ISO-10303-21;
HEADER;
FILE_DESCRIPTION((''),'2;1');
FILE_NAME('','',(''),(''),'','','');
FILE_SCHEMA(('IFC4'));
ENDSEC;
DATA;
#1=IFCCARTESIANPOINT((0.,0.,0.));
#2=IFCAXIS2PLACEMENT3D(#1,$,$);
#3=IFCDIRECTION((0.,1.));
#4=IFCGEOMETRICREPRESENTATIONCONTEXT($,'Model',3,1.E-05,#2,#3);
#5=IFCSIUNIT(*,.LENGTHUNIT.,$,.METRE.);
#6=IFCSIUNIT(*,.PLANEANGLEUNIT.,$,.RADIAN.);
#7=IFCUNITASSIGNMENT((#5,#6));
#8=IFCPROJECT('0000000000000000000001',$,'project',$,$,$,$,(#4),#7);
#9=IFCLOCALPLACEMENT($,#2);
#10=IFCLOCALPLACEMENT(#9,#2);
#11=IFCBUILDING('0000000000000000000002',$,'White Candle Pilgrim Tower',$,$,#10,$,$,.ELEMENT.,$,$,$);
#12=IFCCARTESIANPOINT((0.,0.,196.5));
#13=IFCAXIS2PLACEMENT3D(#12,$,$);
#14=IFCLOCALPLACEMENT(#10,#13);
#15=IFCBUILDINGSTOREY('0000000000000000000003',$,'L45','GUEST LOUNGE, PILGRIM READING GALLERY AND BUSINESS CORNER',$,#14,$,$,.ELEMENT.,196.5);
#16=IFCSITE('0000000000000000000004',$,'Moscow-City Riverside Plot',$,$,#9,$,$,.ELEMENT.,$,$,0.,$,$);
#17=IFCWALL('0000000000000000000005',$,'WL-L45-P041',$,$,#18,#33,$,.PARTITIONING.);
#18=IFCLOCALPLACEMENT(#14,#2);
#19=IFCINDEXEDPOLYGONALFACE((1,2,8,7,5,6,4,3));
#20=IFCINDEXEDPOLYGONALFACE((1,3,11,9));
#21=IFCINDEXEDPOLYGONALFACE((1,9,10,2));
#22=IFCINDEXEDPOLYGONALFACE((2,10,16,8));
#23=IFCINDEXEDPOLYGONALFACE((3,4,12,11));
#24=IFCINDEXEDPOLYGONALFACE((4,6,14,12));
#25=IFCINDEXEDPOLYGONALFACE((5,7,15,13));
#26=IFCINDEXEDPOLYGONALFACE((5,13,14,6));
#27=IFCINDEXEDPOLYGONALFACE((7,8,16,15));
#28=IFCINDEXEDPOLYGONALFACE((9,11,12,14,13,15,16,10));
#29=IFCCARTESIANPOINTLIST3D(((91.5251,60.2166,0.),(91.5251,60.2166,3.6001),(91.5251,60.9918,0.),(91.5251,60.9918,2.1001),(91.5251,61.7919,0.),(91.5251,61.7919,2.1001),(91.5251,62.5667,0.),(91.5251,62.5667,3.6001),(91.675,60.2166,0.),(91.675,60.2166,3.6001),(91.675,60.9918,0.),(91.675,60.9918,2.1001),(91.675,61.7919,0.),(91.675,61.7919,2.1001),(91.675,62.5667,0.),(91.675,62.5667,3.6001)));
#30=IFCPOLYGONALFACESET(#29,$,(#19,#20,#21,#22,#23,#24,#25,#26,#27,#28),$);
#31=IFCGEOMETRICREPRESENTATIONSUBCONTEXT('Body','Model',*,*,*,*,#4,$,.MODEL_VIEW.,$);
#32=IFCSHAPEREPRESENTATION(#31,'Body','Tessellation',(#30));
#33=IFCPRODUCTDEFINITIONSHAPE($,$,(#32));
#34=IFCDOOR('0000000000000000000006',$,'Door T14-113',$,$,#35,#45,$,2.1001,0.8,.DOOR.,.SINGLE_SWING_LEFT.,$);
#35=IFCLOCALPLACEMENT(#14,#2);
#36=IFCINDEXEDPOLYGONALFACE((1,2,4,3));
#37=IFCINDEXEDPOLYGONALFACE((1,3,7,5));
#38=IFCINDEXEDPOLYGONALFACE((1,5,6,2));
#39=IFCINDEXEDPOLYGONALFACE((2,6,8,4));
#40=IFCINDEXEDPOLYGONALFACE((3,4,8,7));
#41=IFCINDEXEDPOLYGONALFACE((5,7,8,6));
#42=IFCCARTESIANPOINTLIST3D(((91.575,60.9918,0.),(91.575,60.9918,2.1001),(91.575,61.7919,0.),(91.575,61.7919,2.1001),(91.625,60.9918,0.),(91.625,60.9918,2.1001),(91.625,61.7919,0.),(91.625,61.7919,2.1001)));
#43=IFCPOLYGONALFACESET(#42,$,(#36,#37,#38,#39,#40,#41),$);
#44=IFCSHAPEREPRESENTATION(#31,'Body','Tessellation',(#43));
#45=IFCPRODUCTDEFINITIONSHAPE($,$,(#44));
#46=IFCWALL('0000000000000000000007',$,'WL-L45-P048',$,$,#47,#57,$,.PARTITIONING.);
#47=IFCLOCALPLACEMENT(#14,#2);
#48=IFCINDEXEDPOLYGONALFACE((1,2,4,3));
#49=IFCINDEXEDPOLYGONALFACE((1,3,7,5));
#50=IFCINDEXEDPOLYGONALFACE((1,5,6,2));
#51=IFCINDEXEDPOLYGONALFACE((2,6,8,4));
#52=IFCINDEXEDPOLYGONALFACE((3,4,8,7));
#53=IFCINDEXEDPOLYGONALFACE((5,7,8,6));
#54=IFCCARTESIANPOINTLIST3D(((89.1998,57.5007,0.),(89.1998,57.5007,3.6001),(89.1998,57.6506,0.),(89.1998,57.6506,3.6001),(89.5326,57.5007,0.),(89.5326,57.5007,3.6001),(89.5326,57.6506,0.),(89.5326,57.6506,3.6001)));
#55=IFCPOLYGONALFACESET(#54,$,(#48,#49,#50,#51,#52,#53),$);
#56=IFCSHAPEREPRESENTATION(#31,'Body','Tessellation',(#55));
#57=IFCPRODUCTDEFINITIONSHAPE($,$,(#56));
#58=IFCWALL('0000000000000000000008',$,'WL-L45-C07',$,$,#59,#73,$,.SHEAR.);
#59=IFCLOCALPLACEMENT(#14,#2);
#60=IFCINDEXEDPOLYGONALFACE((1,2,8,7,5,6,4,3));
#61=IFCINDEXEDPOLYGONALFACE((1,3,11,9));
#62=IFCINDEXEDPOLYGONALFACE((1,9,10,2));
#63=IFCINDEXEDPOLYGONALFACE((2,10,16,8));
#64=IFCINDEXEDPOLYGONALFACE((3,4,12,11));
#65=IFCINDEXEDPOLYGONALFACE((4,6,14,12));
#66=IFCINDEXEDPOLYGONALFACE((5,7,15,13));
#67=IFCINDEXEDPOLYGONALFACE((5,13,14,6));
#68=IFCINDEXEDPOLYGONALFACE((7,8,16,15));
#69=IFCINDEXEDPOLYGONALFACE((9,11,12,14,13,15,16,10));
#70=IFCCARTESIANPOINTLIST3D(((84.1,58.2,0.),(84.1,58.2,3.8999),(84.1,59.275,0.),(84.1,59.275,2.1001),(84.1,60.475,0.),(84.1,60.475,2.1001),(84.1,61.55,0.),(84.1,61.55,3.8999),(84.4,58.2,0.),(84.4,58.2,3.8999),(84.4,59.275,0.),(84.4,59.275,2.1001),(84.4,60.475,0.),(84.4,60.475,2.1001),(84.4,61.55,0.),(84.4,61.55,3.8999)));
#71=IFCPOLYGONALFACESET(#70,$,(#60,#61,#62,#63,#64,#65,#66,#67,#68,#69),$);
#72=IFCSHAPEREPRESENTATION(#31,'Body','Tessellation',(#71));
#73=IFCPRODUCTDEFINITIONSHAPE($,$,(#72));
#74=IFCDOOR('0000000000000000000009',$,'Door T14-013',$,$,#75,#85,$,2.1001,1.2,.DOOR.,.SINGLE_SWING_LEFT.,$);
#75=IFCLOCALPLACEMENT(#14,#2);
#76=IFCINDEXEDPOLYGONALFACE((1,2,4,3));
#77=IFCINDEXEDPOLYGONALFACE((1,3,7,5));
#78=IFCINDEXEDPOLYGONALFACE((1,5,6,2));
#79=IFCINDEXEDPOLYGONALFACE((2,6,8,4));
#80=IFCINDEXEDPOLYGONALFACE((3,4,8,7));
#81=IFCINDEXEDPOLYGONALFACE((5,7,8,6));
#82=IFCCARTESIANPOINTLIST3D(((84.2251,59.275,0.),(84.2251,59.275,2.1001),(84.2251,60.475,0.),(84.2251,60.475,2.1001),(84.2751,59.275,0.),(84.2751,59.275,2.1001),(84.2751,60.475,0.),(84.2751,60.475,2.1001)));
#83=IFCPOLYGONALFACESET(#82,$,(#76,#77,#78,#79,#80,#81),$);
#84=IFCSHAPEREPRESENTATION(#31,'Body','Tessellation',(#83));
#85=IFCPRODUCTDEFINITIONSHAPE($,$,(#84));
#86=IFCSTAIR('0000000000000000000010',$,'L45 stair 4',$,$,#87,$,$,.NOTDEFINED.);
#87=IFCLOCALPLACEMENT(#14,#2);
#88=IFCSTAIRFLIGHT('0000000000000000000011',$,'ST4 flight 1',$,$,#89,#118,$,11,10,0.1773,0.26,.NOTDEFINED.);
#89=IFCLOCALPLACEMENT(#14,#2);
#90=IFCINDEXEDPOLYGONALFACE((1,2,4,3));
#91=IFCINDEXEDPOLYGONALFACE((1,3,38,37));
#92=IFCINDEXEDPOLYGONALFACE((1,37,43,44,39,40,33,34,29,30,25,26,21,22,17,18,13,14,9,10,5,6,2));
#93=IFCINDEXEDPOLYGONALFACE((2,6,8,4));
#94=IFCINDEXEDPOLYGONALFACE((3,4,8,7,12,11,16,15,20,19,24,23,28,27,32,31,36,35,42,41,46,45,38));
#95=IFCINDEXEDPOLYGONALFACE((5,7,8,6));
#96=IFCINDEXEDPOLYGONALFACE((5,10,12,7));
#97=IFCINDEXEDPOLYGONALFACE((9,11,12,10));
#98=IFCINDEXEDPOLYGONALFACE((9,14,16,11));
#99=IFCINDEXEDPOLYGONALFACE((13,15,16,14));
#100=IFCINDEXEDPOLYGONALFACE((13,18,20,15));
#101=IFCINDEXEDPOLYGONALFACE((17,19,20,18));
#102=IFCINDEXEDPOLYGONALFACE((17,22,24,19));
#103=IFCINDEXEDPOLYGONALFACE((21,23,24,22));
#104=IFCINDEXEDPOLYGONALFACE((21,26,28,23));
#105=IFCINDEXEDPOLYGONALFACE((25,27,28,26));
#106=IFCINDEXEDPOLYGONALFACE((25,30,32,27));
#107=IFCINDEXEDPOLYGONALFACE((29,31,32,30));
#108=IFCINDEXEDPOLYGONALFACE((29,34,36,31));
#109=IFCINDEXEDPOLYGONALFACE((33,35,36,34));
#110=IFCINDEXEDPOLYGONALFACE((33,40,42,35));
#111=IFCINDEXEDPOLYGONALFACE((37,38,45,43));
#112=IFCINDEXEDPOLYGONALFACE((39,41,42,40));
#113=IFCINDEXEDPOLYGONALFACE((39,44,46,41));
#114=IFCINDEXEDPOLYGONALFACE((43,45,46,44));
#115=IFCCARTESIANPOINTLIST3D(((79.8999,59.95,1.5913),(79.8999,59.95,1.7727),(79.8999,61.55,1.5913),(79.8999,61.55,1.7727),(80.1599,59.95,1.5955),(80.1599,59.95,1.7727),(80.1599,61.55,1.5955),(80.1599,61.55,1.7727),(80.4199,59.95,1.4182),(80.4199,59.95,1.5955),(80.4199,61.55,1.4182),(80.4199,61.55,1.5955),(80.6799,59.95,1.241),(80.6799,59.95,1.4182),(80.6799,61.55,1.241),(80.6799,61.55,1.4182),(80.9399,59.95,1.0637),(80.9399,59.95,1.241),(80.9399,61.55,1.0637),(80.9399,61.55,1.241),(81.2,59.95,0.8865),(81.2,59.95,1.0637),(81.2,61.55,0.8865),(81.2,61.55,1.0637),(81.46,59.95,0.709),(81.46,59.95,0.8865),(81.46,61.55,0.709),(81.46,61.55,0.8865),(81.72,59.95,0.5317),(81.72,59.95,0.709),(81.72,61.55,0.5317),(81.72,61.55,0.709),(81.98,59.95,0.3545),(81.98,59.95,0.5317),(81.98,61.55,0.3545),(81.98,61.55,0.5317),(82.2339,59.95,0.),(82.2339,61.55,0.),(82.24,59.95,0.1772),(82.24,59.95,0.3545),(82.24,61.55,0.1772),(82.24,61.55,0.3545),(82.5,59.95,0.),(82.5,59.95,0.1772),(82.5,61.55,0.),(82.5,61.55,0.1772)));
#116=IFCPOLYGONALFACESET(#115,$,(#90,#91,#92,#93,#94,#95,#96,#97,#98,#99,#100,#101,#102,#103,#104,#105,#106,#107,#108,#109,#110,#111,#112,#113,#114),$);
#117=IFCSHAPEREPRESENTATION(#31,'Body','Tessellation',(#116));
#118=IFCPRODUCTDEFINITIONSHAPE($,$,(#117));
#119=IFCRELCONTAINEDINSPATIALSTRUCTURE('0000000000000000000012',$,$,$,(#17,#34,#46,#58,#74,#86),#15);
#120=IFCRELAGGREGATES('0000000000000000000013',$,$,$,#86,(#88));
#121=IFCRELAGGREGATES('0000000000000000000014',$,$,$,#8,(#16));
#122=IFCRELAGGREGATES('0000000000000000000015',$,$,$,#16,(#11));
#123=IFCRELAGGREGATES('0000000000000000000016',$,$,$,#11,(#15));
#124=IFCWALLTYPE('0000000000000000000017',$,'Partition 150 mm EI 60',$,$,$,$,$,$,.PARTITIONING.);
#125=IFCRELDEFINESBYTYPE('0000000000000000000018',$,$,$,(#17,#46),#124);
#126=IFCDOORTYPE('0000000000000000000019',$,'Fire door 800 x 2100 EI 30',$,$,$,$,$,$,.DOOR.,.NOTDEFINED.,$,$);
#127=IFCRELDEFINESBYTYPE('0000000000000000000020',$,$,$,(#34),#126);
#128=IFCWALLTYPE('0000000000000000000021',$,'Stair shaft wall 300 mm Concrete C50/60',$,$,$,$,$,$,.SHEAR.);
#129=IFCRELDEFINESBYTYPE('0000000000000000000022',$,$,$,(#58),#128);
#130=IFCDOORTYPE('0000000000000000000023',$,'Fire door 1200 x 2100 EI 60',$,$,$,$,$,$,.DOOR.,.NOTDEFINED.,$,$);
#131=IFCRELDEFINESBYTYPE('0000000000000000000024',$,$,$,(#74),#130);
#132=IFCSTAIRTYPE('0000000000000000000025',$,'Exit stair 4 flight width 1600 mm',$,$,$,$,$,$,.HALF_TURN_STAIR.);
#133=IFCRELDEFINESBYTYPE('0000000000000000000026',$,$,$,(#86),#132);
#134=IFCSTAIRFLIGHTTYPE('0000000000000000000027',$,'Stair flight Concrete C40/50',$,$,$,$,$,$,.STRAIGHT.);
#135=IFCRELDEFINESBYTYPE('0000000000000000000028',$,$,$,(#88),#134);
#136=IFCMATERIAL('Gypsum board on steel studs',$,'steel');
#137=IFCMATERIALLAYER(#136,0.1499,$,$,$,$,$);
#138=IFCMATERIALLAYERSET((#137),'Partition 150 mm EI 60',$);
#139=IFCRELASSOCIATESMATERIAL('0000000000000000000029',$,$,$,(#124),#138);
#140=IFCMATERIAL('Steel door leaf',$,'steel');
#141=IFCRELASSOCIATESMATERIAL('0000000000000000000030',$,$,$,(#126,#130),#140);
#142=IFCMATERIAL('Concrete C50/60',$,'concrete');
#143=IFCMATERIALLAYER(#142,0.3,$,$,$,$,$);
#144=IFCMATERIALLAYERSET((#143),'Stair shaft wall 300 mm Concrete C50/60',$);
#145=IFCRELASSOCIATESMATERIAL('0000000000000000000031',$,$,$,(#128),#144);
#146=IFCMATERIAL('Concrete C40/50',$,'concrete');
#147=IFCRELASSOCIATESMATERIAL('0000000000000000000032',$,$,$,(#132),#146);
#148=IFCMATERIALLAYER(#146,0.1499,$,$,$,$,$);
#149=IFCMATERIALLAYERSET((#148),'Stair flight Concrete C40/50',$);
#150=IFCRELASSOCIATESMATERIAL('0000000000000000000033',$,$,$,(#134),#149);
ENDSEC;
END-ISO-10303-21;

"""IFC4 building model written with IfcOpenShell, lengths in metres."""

from ifc_helpers import new_model, si_unit, direction, frame, frame_2d, origin, place, context, subcontext, project, spatial, polyline, rectangle, outline, extrude, material, layer, layer_set, type_object, element, fill, aggregate, save


model = new_model("IFC4")

# Units and contexts
model_context = context("Model", 3, precision=1e-05, world=origin(), true_north=direction((0.0, 1.0)))
body_context = subcontext(model_context, "Body", "Model", "MODEL_VIEW")
ifc_project = project(units=[si_unit("LENGTHUNIT", "METRE"), si_unit("PLANEANGLEUNIT", "RADIAN")], contexts=[model_context])

# Site, building, storey
site_placement = place(None, origin())
site = spatial("IfcSite", under=ifc_project, at=site_placement, Name="Moscow-City Riverside Plot", CompositionType="ELEMENT", RefElevation=0.0)
building_placement = place(site_placement, origin())
building = spatial("IfcBuilding", under=site, at=building_placement, Name="White Candle Pilgrim Tower", CompositionType="ELEMENT")
storey_placement = place(building_placement, frame((0.0, 0.0, 196.5)))
storey = spatial("IfcBuildingStorey", under=building, at=storey_placement, Name="L45", Description="GUEST LOUNGE, PILGRIM READING GALLERY AND BUSINESS CORNER", CompositionType="ELEMENT", Elevation=196.5)

# Shared definitions
ifc_material_1 = material(Name="Concrete C50/60", Category="concrete")

# Shared definitions
ifc_material_2 = material(Name="Gypsum board on steel studs", Category="steel")
ifc_material_3 = material(Name="Steel door leaf", Category="steel")

# Shared definitions
ifc_layer_1 = layer(ifc_material_2, 0.1499)
ifc_layer_set_1 = layer_set([ifc_layer_1], Name="Partition 150 mm EI 60")
wall_type_1 = type_object("IfcWallType", Name="Partition 150 mm EI 60", PredefinedType="PARTITIONING", material=ifc_layer_set_1)

# Wall, opening, door
wall_1_placement = place(storey_placement, frame((91.6001, 62.5667, 0.0), z_axis=(0.0, 0.0, 1.0), x_axis=(0.0, -1.0, 0.0)))
wall_1 = element("IfcWall", 1, at=wall_1_placement, inside=storey, type_object=wall_type_1, Name="WL-L45-P041", PredefinedType="PARTITIONING", context=body_context, shape_type="SweptSolid", body=[
    extrude(rectangle(XDim=2.3501, YDim=0.1499, at=frame_2d((1.175, 0.0))), origin(), (0.0, 0.0, 1.0), 3.6001),
])
opening_1_placement = place(wall_1_placement, frame((0.7749, 0.0, 0.0)))
opening_1 = element("IfcOpeningElement", 2, at=opening_1_placement, cuts=wall_1, PredefinedType="OPENING", context=body_context, shape_type="SweptSolid", body=[
    extrude(rectangle(XDim=0.8, YDim=2.1001, at=frame_2d((0.3999, 1.05))), frame((0.0, 0.085, 0.0), z_axis=(0.0, -1.0, 0.0), x_axis=(1.0, 0.0, 0.0)), (0.0, 0.0, 1.0), 0.1699),
])
door_type_1 = type_object("IfcDoorType", Name="Fire door 800 x 2100 EI 30", OperationType="NOTDEFINED", PredefinedType="DOOR", material=ifc_material_3)
door_1_placement = place(opening_1_placement, origin())
door_1 = element("IfcDoor", 3, at=door_1_placement, inside=storey, type_object=door_type_1, Name="Door T14-113", OperationType="SINGLE_SWING_LEFT", OverallHeight=2.1001, OverallWidth=0.8, PredefinedType="DOOR", context=body_context, shape_type="SweptSolid", body=[
    extrude(rectangle(XDim=0.8, YDim=2.1001, at=frame_2d((0.3999, 1.05))), frame((0.0, 0.0249, 0.0), z_axis=(0.0, -1.0, 0.0), x_axis=(1.0, 0.0, 0.0)), (0.0, 0.0, 1.0), 0.05),
])
fill(opening_1, door_1)

# Wall
wall_2_placement = place(storey_placement, frame((89.5327, 57.5757, 0.0), z_axis=(0.0, 0.0, 1.0), x_axis=(-1.0, 0.0, 0.0)))
element("IfcWall", 4, at=wall_2_placement, inside=storey, type_object=wall_type_1, Name="WL-L45-P048", PredefinedType="PARTITIONING", context=body_context, shape_type="SweptSolid", body=[
    extrude(rectangle(XDim=0.3328, YDim=0.1499, at=frame_2d((0.1665, 0.0))), origin(), (0.0, 0.0, 1.0), 3.6001),
])

# Wall, opening, door
ifc_layer_2 = layer(ifc_material_1, 0.3)
ifc_layer_set_2 = layer_set([ifc_layer_2], Name="Stair shaft wall 300 mm Concrete C50/60")
wall_type_2 = type_object("IfcWallType", Name="Stair shaft wall 300 mm Concrete C50/60", PredefinedType="SHEAR", material=ifc_layer_set_2)
wall_3_placement = place(storey_placement, frame((84.25, 58.2, 0.0), z_axis=(0.0, 0.0, 1.0), x_axis=(0.0, 1.0, 0.0)))
wall_3 = element("IfcWall", 5, at=wall_3_placement, inside=storey, type_object=wall_type_2, Name="WL-L45-C07", PredefinedType="SHEAR", context=body_context, shape_type="SweptSolid", body=[
    extrude(rectangle(XDim=3.3501, YDim=0.3, at=frame_2d((1.675, 0.0))), origin(), (0.0, 0.0, 1.0), 3.8999),
])
opening_2_placement = place(wall_3_placement, frame((1.075, 0.0, 0.0)))
opening_2 = element("IfcOpeningElement", 6, at=opening_2_placement, cuts=wall_3, PredefinedType="OPENING", context=body_context, shape_type="SweptSolid", body=[
    extrude(rectangle(XDim=1.2, YDim=2.1001, at=frame_2d((0.6001, 1.05))), frame((0.0, 0.1599, 0.0), z_axis=(0.0, -1.0, 0.0), x_axis=(1.0, 0.0, 0.0)), (0.0, 0.0, 1.0), 0.3201),
])
door_type_2 = type_object("IfcDoorType", Name="Fire door 1200 x 2100 EI 60", OperationType="NOTDEFINED", PredefinedType="DOOR", material=ifc_material_3)
door_2_placement = place(opening_2_placement, origin())
door_2 = element("IfcDoor", 7, at=door_2_placement, inside=storey, type_object=door_type_2, Name="Door T14-013", OperationType="SINGLE_SWING_LEFT", OverallHeight=2.1001, OverallWidth=1.2, PredefinedType="DOOR", context=body_context, shape_type="SweptSolid", body=[
    extrude(rectangle(XDim=1.2, YDim=2.1001, at=frame_2d((0.6001, 1.05))), frame((0.0, 0.0249, 0.0), z_axis=(0.0, -1.0, 0.0), x_axis=(1.0, 0.0, 0.0)), (0.0, 0.0, 1.0), 0.05),
])
fill(opening_2, door_2)

# Stair, stair flight
ifc_material_4 = material(Name="Concrete C40/50", Category="concrete")
stair_type = type_object("IfcStairType", Name="Exit stair 4 flight width 1600 mm", PredefinedType="HALF_TURN_STAIR", material=ifc_material_4)
stair_placement = place(storey_placement, origin())
stair = element("IfcStair", 8, at=stair_placement, inside=storey, type_object=stair_type, Name="L45 stair 4", PredefinedType="NOTDEFINED")
ifc_layer_3 = layer(ifc_material_4, 0.1499)
ifc_layer_set_3 = layer_set([ifc_layer_3], Name="Stair flight Concrete C40/50")
stair_flight_type = type_object("IfcStairFlightType", Name="Stair flight Concrete C40/50", PredefinedType="STRAIGHT", material=ifc_layer_set_3)
stair_flight_placement = place(storey_placement, frame((82.5, 60.75, 0.0), z_axis=(0.0, 0.0, 1.0), x_axis=(-1.0, 0.0, 0.0)))
stair_flight = element("IfcStairFlight", 9, at=stair_flight_placement, type_object=stair_flight_type, Name="ST4 flight 1", NumberOfRisers=11, NumberOfTreads=10, PredefinedType="NOTDEFINED", RiserHeight=0.1773, TreadLength=0.26, context=body_context, shape_type="SweptSolid", body=[
    extrude(outline(polyline([(0.0, 0.0), (0.0, 0.1772), (0.26, 0.1772), (0.26, 0.3545), (0.52, 0.3545), (0.52, 0.5317), (0.78, 0.5317), (0.78, 0.709), (1.04, 0.709), (1.04, 0.8865), (1.3, 0.8865), (1.3, 1.0637), (1.5601, 1.0637), (1.5601, 1.241), (1.8201, 1.241), (1.8201, 1.4182), (2.0801, 1.4182), (2.0801, 1.5955), (2.3401, 1.5955), (2.3401, 1.7727), (2.6001, 1.7727), (2.6001, 1.95), (2.6001, 1.5913), (0.2661, 0.0), (0.0, 0.0)])), frame((0.0, 0.8, 0.0), z_axis=(0.0, -1.0, 0.0), x_axis=(1.0, 0.0, 0.0)), (0.0, 0.0, 1.0), 1.6001),
])
aggregate(stair, [stair_flight])

save(model, "model.ifc")
